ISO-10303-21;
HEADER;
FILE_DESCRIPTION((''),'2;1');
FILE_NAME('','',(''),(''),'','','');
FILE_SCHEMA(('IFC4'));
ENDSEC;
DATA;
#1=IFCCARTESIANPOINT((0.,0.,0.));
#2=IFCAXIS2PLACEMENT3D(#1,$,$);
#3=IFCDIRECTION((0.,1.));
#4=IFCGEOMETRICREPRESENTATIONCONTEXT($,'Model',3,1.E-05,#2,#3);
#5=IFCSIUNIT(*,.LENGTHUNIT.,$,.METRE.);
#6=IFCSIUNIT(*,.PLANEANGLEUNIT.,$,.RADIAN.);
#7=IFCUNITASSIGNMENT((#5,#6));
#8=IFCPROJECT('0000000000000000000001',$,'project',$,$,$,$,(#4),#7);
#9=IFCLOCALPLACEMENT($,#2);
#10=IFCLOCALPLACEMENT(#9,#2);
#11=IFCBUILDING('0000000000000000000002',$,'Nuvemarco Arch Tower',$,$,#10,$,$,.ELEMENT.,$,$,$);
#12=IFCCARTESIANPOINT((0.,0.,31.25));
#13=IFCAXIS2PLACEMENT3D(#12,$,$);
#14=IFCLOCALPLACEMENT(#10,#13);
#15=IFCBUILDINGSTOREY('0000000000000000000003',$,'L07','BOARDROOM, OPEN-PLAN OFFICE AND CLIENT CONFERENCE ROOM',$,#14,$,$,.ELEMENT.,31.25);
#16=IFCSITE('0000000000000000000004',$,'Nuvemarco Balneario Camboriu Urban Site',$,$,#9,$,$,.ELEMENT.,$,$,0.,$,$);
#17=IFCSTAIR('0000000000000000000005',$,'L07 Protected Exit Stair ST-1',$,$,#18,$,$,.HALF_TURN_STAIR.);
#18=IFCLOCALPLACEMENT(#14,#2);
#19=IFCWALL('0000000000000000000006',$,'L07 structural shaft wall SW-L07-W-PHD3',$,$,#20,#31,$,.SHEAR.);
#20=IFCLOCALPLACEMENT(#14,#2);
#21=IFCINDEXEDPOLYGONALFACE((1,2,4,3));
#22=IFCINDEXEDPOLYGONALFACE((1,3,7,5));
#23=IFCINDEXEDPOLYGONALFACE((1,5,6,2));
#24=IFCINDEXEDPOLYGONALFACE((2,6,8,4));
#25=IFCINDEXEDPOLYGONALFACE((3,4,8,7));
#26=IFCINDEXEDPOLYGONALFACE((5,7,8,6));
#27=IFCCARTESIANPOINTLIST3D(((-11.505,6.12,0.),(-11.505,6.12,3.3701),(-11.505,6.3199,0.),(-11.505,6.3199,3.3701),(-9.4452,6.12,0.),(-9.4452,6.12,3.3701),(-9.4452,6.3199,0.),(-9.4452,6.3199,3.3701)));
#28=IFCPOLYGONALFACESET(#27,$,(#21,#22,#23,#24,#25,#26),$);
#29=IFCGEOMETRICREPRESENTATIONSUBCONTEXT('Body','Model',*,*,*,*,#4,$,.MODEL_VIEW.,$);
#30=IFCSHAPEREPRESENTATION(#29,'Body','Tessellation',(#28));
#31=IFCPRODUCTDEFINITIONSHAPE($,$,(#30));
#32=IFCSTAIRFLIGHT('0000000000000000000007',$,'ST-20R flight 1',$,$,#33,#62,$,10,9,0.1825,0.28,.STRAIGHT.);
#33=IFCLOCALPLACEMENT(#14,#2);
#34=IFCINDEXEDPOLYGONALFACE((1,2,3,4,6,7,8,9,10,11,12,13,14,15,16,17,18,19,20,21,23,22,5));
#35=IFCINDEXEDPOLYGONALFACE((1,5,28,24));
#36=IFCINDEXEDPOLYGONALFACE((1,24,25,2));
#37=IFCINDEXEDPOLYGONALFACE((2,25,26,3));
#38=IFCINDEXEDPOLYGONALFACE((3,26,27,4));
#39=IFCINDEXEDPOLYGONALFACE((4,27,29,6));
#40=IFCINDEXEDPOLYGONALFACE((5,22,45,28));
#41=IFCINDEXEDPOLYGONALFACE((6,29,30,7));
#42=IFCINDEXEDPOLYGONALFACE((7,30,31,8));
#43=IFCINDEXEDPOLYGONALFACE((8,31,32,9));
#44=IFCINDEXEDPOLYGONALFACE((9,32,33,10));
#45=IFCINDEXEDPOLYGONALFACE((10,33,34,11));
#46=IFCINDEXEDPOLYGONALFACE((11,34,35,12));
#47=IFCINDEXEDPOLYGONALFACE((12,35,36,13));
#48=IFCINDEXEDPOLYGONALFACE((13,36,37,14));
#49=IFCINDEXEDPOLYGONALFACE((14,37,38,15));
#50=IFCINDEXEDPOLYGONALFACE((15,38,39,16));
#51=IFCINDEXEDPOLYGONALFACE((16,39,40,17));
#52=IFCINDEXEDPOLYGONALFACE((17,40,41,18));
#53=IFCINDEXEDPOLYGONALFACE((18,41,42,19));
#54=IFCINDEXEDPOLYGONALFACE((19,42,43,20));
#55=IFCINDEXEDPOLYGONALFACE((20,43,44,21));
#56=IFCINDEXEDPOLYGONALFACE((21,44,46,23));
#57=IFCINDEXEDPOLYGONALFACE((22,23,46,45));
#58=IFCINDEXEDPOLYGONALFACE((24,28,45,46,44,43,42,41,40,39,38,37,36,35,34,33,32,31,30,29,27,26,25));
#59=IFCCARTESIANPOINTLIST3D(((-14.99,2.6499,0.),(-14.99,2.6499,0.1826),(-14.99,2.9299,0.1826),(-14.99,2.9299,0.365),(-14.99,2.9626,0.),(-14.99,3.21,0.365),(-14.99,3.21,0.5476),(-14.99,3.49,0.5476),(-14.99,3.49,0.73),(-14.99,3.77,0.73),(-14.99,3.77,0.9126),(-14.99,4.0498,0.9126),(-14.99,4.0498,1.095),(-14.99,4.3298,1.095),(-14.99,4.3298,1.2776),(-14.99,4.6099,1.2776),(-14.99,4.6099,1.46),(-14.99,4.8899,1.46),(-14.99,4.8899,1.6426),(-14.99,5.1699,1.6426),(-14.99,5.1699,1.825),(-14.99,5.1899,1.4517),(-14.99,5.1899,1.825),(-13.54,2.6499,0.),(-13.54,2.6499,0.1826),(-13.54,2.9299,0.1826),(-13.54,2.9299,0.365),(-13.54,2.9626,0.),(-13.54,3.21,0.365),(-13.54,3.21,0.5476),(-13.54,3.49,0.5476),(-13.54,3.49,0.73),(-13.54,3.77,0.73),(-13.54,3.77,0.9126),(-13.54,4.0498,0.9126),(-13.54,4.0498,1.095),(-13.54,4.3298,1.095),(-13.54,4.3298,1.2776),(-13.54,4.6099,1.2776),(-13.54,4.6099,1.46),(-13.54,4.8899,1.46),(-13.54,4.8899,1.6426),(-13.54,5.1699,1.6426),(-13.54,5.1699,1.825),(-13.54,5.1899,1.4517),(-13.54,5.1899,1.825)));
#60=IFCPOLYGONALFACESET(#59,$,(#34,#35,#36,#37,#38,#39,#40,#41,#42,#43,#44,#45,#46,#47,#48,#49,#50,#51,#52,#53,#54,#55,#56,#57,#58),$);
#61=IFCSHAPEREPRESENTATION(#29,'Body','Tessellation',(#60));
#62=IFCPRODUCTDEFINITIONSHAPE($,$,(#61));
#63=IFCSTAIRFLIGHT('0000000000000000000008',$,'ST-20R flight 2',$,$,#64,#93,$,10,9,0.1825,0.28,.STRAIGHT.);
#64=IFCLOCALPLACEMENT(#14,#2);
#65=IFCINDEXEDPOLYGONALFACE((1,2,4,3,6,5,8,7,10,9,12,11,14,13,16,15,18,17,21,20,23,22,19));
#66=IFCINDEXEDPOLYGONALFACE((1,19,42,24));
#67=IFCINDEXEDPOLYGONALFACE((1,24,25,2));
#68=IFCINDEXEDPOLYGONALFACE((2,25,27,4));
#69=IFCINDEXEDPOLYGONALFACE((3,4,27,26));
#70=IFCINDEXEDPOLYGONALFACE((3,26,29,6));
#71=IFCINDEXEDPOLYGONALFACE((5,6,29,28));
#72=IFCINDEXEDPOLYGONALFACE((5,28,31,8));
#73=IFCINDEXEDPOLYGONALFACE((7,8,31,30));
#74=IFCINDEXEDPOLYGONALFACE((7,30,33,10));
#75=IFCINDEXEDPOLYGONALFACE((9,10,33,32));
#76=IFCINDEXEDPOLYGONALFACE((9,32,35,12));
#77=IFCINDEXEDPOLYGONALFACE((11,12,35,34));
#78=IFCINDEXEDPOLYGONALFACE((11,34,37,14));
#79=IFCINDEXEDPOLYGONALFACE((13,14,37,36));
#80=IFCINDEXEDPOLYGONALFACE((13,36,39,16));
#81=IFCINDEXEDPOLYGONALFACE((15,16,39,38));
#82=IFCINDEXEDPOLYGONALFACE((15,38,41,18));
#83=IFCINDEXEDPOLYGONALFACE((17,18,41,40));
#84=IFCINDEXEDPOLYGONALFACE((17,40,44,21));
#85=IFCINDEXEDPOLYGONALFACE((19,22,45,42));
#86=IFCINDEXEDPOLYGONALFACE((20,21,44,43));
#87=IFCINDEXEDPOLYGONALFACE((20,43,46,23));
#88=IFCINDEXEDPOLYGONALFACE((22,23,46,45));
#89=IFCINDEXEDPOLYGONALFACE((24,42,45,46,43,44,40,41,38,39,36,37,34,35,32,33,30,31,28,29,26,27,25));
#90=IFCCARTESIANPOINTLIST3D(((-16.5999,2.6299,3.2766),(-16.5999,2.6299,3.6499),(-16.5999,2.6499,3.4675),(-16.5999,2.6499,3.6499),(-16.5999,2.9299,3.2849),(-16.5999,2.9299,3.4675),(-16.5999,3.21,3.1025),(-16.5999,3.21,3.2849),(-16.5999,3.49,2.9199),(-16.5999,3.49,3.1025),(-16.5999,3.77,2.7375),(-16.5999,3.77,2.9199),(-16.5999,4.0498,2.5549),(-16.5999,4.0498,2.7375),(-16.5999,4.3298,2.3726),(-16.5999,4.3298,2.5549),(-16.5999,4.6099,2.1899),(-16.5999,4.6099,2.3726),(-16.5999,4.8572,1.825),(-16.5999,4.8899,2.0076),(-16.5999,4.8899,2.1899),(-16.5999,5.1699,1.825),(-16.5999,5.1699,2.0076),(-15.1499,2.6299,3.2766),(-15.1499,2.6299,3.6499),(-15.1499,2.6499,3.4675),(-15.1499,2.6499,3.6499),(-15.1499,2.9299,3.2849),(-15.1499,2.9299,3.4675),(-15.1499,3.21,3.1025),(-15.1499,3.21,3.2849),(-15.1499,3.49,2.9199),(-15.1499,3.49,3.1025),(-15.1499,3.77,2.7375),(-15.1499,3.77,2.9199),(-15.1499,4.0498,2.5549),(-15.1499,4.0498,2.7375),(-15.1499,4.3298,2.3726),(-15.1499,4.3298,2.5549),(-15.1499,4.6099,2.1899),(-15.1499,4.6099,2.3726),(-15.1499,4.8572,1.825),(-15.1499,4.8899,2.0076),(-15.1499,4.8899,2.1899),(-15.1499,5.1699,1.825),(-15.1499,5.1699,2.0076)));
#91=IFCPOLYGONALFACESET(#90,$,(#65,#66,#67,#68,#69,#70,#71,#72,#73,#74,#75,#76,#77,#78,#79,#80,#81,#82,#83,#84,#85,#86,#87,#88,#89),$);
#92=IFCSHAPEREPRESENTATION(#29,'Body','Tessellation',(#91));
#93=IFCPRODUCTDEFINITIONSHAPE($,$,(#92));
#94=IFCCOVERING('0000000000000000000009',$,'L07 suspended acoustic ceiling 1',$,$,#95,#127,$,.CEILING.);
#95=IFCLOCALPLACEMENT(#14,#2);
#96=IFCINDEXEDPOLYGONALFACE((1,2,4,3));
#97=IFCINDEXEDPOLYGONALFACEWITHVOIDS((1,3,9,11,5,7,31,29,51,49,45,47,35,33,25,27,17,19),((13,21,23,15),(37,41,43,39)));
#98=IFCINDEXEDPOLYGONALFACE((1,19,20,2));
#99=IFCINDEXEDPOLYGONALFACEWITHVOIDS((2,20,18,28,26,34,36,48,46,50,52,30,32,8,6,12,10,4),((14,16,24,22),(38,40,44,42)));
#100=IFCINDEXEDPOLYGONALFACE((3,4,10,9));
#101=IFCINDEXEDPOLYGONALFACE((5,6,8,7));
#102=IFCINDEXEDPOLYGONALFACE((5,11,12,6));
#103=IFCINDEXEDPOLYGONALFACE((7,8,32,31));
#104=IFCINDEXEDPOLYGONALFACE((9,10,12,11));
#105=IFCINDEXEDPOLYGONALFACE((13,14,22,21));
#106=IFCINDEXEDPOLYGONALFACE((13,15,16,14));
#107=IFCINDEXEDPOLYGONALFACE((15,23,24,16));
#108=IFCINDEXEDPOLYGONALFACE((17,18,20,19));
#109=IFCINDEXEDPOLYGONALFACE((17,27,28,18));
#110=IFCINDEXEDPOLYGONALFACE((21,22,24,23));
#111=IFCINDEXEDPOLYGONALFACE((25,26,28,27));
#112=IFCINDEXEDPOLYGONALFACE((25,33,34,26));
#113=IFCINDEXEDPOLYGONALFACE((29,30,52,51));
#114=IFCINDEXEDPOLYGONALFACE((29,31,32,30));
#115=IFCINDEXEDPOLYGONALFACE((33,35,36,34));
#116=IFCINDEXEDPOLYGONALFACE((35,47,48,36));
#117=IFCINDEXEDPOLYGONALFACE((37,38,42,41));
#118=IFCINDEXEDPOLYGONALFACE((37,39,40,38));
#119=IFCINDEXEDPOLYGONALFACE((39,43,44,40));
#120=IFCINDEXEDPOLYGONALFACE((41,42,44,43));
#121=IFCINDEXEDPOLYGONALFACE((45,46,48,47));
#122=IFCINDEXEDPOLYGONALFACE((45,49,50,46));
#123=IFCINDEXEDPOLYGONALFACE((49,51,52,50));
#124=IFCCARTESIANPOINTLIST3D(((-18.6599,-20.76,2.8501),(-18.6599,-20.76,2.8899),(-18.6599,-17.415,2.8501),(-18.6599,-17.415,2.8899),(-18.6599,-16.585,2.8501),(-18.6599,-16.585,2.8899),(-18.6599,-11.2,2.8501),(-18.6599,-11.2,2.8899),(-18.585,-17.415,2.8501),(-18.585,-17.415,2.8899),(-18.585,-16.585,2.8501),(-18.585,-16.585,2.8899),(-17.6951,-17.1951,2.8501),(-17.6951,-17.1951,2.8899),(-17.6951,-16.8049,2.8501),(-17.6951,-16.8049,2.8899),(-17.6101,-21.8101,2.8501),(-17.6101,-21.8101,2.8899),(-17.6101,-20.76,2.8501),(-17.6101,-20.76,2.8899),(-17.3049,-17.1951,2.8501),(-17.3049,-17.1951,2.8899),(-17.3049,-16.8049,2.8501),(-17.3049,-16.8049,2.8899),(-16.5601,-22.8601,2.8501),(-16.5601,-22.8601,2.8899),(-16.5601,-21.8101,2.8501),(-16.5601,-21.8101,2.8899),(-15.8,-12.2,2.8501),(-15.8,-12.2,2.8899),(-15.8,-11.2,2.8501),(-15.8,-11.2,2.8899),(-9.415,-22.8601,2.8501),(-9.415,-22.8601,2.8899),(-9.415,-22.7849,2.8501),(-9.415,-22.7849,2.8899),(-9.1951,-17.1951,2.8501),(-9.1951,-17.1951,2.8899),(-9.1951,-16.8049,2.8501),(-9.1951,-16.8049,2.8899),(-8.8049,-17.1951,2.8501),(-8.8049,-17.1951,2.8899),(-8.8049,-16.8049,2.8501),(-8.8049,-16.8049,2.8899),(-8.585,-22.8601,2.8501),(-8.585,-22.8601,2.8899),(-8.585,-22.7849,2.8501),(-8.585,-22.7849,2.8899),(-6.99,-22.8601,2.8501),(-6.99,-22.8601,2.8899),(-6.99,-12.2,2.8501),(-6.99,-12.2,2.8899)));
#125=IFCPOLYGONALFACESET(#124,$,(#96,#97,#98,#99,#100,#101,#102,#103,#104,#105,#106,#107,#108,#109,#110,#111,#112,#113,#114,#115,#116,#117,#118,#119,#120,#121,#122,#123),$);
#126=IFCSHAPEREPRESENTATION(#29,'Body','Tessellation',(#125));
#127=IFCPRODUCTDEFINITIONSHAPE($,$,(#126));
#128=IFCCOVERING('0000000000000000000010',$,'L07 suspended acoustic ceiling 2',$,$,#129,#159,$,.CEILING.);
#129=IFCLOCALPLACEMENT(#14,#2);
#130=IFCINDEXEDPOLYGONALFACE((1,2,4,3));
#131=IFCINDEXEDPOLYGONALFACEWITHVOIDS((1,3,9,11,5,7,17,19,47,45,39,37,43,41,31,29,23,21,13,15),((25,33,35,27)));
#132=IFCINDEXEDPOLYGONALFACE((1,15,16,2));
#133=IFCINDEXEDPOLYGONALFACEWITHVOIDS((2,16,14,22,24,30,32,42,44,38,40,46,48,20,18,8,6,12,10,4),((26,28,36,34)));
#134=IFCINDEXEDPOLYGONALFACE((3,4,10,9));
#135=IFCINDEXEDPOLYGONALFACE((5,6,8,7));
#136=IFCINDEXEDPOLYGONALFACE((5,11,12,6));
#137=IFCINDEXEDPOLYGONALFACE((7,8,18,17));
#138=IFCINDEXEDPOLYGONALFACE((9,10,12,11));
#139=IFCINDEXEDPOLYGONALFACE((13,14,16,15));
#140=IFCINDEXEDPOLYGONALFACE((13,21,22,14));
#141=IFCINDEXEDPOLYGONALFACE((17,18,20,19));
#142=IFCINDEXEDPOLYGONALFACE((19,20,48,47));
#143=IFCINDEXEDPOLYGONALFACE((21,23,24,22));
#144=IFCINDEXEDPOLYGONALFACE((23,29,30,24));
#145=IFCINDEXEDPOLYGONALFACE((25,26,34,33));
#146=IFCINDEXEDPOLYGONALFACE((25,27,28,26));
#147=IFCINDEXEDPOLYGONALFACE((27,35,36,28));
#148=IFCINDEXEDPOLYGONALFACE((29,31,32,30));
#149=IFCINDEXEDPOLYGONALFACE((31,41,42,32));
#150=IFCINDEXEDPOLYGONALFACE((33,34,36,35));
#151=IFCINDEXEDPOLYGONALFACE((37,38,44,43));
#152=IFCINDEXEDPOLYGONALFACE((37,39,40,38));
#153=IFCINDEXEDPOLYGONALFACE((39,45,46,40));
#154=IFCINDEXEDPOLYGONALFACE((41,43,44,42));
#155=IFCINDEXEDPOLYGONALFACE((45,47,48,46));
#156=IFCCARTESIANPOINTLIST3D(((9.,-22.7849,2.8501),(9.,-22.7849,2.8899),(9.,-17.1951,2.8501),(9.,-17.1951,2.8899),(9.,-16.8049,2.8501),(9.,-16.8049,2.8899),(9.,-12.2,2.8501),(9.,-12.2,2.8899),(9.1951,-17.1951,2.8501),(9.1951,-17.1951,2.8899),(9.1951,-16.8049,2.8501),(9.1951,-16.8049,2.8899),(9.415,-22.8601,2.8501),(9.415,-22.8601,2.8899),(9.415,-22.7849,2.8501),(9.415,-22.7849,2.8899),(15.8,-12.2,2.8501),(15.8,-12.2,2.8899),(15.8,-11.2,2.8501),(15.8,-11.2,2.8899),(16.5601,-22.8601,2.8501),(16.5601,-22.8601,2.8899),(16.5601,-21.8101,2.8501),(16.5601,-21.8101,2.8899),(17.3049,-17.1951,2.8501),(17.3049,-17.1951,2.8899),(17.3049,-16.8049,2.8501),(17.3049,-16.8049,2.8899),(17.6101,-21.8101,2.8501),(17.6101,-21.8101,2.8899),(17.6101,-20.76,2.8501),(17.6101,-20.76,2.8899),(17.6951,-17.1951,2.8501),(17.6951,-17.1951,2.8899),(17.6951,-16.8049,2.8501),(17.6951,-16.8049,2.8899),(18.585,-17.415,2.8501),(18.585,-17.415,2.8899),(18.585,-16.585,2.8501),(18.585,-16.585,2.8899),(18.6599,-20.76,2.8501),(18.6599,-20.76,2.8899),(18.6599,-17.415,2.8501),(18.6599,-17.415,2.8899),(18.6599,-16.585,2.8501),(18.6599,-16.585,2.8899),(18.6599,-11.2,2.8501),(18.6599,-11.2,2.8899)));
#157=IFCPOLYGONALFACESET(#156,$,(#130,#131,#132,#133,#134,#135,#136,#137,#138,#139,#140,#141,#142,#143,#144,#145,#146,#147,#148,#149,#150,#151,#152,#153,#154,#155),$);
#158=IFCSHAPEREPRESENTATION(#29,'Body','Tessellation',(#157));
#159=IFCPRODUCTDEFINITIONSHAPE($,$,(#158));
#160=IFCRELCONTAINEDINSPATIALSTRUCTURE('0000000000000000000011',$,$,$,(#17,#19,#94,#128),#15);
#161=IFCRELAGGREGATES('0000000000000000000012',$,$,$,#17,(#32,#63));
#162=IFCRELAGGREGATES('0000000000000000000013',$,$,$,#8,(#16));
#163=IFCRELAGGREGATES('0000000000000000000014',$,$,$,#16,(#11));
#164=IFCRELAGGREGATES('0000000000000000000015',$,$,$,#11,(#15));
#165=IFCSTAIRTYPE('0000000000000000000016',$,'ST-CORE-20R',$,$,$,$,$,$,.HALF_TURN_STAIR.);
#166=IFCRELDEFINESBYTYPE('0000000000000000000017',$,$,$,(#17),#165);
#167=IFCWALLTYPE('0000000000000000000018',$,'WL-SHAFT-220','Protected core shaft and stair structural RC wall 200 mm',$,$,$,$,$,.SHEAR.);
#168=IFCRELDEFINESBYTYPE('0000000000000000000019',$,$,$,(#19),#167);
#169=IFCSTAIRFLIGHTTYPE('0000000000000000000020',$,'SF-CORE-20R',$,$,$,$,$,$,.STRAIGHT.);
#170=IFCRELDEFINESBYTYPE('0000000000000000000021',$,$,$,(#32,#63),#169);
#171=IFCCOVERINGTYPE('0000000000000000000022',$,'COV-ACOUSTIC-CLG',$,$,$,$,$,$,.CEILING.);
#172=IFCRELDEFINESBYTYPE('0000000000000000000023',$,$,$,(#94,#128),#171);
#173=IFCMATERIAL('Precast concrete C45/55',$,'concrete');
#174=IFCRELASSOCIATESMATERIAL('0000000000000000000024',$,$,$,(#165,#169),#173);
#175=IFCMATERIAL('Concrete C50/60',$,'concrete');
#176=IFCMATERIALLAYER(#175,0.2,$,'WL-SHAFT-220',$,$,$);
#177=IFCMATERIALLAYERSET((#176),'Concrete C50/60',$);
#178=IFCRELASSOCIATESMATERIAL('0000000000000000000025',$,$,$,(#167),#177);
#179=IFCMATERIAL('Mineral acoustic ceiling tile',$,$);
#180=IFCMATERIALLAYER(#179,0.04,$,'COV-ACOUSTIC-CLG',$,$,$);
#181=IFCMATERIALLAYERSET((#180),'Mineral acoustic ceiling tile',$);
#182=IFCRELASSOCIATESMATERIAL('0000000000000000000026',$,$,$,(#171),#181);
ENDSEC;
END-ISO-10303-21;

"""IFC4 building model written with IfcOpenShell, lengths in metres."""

from ifc_helpers import new_model, si_unit, direction, frame, frame_2d, origin, place, context, subcontext, project, spatial, polyline, rectangle, outline, extrude, material, layer, layer_set, type_object, element, aggregate, save


model = new_model("IFC4")

# Units and contexts
model_context = context("Model", 3, precision=1e-05, world=origin(), true_north=direction((0.0, 1.0)))
body_context = subcontext(model_context, "Body", "Model", "MODEL_VIEW")
ifc_project = project(units=[si_unit("LENGTHUNIT", "METRE"), si_unit("PLANEANGLEUNIT", "RADIAN")], contexts=[model_context])

# Site, building, storey
site_placement = place(None, origin())
site = spatial("IfcSite", under=ifc_project, at=site_placement, Name="Nuvemarco Balneario Camboriu Urban Site", CompositionType="ELEMENT", RefElevation=0.0)
building_placement = place(site_placement, origin())
building = spatial("IfcBuilding", under=site, at=building_placement, Name="Nuvemarco Arch Tower", CompositionType="ELEMENT")
storey_placement = place(building_placement, frame((0.0, 0.0, 31.25)))
storey = spatial("IfcBuildingStorey", under=building, at=storey_placement, Name="L07", Description="BOARDROOM, OPEN-PLAN OFFICE AND CLIENT CONFERENCE ROOM", CompositionType="ELEMENT", Elevation=31.25)

# Stair
ifc_material_1 = material(Name="Precast concrete C45/55", Category="concrete")
stair_type = type_object("IfcStairType", Name="ST-CORE-20R", PredefinedType="HALF_TURN_STAIR", material=ifc_material_1)
stair_1_placement = place(storey_placement, origin())
stair_1 = element("IfcStair", 1, at=stair_1_placement, inside=storey, type_object=stair_type, Name="L07 Protected Exit Stair ST-1", PredefinedType="HALF_TURN_STAIR")

# Shared definitions
ifc_material_2 = material(Name="Concrete C50/60", Category="concrete")
ifc_layer_1 = layer(ifc_material_2, 0.2, Name="WL-SHAFT-220")
ifc_layer_set_1 = layer_set([ifc_layer_1], Name="Concrete C50/60")
wall_type_1 = type_object("IfcWallType", Name="WL-SHAFT-220", Description="Protected core shaft and stair structural RC wall 200 mm", PredefinedType="SHEAR", material=ifc_layer_set_1)

# Wall
for number, where, z_axis, x_axis, name in (
    (2, (-11.5049, 6.22, 0.0), (0.0, 0.0, 1.0), (1.0, 0.0, 0.0), "L07 structural shaft wall SW-L07-W-PHD3"),
):
    element("IfcWall", number, at=place(storey_placement, frame(where, z_axis=z_axis, x_axis=x_axis)), inside=storey, type_object=wall_type_1, Name=name, PredefinedType="SHEAR", context=body_context, shape_type="SweptSolid", body=[
        extrude(rectangle(XDim=2.0598, YDim=0.2, at=frame_2d((1.0298, 0.0))), origin(), (0.0, 0.0, 1.0), 3.3701),
    ])

# Stair flights
stair_flight_type = type_object("IfcStairFlightType", Name="SF-CORE-20R", PredefinedType="STRAIGHT", material=ifc_material_1)
stair_flight_1_placement = place(storey_placement, frame((-14.2649, 2.6499, 0.0), z_axis=(0.0, 0.0, 1.0), x_axis=(0.0, 1.0, 0.0)))
stair_flight_1 = element("IfcStairFlight", 3, at=stair_flight_1_placement, type_object=stair_flight_type, Name="ST-20R flight 1", NumberOfRisers=10, NumberOfTreads=9, PredefinedType="STRAIGHT", RiserHeight=0.1825, TreadLength=0.28, context=body_context, shape_type="SweptSolid", body=[
    extrude(outline(polyline([(0.0, 0.0), (0.0, 0.1826), (0.28, 0.1826), (0.28, 0.365), (0.5601, 0.365), (0.5601, 0.5476), (0.8401, 0.5476), (0.8401, 0.73), (1.1201, 0.73), (1.1201, 0.9126), (1.3999, 0.9126), (1.3999, 1.095), (1.6799, 1.095), (1.6799, 1.2776), (1.96, 1.2776), (1.96, 1.46), (2.24, 1.46), (2.24, 1.6426), (2.52, 1.6426), (2.52, 1.825), (2.54, 1.825), (2.54, 1.4517), (0.3127, 0.0), (0.0, 0.0)])), frame((0.0, 0.7251, 0.0), z_axis=(0.0, -1.0, 0.0), x_axis=(1.0, 0.0, 0.0)), (0.0, 0.0, 1.0), 1.45),
])
stair_flight_2_placement = place(storey_placement, frame((-15.875, 5.1699, 1.825), z_axis=(0.0, 0.0, 1.0), x_axis=(0.0, -1.0, 0.0)))
stair_flight_2 = element("IfcStairFlight", 4, at=stair_flight_2_placement, type_object=stair_flight_type, Name="ST-20R flight 2", NumberOfRisers=10, NumberOfTreads=9, PredefinedType="STRAIGHT", RiserHeight=0.1825, TreadLength=0.28, context=body_context, shape_type="SweptSolid", body=[
    extrude(outline(polyline([(0.0, 0.0), (0.0, 0.1826), (0.28, 0.1826), (0.28, 0.365), (0.5601, 0.365), (0.5601, 0.5476), (0.8401, 0.5476), (0.8401, 0.73), (1.1201, 0.73), (1.1201, 0.9126), (1.3999, 0.9126), (1.3999, 1.095), (1.6799, 1.095), (1.6799, 1.2776), (1.96, 1.2776), (1.96, 1.46), (2.24, 1.46), (2.24, 1.6426), (2.52, 1.6426), (2.52, 1.825), (2.54, 1.825), (2.54, 1.4517), (0.3127, 0.0), (0.0, 0.0)])), frame((0.0, 0.7251, 0.0), z_axis=(0.0, -1.0, 0.0), x_axis=(1.0, 0.0, 0.0)), (0.0, 0.0, 1.0), 1.45),
])
aggregate(stair_1, [stair_flight_1, stair_flight_2])

# Coverings
ifc_material_3 = material(Name="Mineral acoustic ceiling tile")
ifc_layer_2 = layer(ifc_material_3, 0.04, Name="COV-ACOUSTIC-CLG")
ifc_layer_set_2 = layer_set([ifc_layer_2], Name="Mineral acoustic ceiling tile")
covering_type = type_object("IfcCoveringType", Name="COV-ACOUSTIC-CLG", PredefinedType="CEILING", material=ifc_layer_set_2)
covering_1_placement = place(storey_placement, frame((0.0, 0.0, 2.8501)))
element("IfcCovering", 5, at=covering_1_placement, inside=storey, type_object=covering_type, Name="L07 suspended acoustic ceiling 1", PredefinedType="CEILING", context=body_context, shape_type="SweptSolid", body=[
    extrude(outline(polyline([(-18.6599, -20.76), (-18.6599, -17.415), (-18.585, -17.415), (-18.585, -16.585), (-18.6599, -16.585), (-18.6599, -11.2), (-15.8, -11.2), (-15.8, -12.2), (-6.99, -12.2), (-6.99, -22.8601), (-8.585, -22.8601), (-8.585, -22.7849), (-9.415, -22.7849), (-9.415, -22.8601), (-16.5601, -22.8601), (-16.5601, -21.8101), (-17.6101, -21.8101), (-17.6101, -20.76), (-18.6599, -20.76)]), holes=[polyline([(-17.3049, -16.8049), (-17.6951, -16.8049), (-17.6951, -17.1951), (-17.3049, -17.1951), (-17.3049, -16.8049)]), polyline([(-8.8049, -17.1951), (-8.8049, -16.8049), (-9.1951, -16.8049), (-9.1951, -17.1951), (-8.8049, -17.1951)])]), origin(), (0.0, 0.0, 1.0), 0.0398),
])
covering_2_placement = place(storey_placement, frame((0.0, 0.0, 2.8501)))
element("IfcCovering", 6, at=covering_2_placement, inside=storey, type_object=covering_type, Name="L07 suspended acoustic ceiling 2", PredefinedType="CEILING", context=body_context, shape_type="SweptSolid", body=[
    extrude(outline(polyline([(16.5601, -22.8601), (9.415, -22.8601), (9.415, -22.7849), (9.0, -22.7849), (9.0, -17.1951), (9.1951, -17.1951), (9.1951, -16.8049), (9.0, -16.8049), (9.0, -12.2), (15.8, -12.2), (15.8, -11.2), (18.6599, -11.2), (18.6599, -16.585), (18.585, -16.585), (18.585, -17.415), (18.6599, -17.415), (18.6599, -20.76), (17.6101, -20.76), (17.6101, -21.8101), (16.5601, -21.8101), (16.5601, -22.8601)]), holes=[polyline([(17.6951, -17.1951), (17.6951, -16.8049), (17.3049, -16.8049), (17.3049, -17.1951), (17.6951, -17.1951)])]), origin(), (0.0, 0.0, 1.0), 0.0398),
])

save(model, "model.ifc")
